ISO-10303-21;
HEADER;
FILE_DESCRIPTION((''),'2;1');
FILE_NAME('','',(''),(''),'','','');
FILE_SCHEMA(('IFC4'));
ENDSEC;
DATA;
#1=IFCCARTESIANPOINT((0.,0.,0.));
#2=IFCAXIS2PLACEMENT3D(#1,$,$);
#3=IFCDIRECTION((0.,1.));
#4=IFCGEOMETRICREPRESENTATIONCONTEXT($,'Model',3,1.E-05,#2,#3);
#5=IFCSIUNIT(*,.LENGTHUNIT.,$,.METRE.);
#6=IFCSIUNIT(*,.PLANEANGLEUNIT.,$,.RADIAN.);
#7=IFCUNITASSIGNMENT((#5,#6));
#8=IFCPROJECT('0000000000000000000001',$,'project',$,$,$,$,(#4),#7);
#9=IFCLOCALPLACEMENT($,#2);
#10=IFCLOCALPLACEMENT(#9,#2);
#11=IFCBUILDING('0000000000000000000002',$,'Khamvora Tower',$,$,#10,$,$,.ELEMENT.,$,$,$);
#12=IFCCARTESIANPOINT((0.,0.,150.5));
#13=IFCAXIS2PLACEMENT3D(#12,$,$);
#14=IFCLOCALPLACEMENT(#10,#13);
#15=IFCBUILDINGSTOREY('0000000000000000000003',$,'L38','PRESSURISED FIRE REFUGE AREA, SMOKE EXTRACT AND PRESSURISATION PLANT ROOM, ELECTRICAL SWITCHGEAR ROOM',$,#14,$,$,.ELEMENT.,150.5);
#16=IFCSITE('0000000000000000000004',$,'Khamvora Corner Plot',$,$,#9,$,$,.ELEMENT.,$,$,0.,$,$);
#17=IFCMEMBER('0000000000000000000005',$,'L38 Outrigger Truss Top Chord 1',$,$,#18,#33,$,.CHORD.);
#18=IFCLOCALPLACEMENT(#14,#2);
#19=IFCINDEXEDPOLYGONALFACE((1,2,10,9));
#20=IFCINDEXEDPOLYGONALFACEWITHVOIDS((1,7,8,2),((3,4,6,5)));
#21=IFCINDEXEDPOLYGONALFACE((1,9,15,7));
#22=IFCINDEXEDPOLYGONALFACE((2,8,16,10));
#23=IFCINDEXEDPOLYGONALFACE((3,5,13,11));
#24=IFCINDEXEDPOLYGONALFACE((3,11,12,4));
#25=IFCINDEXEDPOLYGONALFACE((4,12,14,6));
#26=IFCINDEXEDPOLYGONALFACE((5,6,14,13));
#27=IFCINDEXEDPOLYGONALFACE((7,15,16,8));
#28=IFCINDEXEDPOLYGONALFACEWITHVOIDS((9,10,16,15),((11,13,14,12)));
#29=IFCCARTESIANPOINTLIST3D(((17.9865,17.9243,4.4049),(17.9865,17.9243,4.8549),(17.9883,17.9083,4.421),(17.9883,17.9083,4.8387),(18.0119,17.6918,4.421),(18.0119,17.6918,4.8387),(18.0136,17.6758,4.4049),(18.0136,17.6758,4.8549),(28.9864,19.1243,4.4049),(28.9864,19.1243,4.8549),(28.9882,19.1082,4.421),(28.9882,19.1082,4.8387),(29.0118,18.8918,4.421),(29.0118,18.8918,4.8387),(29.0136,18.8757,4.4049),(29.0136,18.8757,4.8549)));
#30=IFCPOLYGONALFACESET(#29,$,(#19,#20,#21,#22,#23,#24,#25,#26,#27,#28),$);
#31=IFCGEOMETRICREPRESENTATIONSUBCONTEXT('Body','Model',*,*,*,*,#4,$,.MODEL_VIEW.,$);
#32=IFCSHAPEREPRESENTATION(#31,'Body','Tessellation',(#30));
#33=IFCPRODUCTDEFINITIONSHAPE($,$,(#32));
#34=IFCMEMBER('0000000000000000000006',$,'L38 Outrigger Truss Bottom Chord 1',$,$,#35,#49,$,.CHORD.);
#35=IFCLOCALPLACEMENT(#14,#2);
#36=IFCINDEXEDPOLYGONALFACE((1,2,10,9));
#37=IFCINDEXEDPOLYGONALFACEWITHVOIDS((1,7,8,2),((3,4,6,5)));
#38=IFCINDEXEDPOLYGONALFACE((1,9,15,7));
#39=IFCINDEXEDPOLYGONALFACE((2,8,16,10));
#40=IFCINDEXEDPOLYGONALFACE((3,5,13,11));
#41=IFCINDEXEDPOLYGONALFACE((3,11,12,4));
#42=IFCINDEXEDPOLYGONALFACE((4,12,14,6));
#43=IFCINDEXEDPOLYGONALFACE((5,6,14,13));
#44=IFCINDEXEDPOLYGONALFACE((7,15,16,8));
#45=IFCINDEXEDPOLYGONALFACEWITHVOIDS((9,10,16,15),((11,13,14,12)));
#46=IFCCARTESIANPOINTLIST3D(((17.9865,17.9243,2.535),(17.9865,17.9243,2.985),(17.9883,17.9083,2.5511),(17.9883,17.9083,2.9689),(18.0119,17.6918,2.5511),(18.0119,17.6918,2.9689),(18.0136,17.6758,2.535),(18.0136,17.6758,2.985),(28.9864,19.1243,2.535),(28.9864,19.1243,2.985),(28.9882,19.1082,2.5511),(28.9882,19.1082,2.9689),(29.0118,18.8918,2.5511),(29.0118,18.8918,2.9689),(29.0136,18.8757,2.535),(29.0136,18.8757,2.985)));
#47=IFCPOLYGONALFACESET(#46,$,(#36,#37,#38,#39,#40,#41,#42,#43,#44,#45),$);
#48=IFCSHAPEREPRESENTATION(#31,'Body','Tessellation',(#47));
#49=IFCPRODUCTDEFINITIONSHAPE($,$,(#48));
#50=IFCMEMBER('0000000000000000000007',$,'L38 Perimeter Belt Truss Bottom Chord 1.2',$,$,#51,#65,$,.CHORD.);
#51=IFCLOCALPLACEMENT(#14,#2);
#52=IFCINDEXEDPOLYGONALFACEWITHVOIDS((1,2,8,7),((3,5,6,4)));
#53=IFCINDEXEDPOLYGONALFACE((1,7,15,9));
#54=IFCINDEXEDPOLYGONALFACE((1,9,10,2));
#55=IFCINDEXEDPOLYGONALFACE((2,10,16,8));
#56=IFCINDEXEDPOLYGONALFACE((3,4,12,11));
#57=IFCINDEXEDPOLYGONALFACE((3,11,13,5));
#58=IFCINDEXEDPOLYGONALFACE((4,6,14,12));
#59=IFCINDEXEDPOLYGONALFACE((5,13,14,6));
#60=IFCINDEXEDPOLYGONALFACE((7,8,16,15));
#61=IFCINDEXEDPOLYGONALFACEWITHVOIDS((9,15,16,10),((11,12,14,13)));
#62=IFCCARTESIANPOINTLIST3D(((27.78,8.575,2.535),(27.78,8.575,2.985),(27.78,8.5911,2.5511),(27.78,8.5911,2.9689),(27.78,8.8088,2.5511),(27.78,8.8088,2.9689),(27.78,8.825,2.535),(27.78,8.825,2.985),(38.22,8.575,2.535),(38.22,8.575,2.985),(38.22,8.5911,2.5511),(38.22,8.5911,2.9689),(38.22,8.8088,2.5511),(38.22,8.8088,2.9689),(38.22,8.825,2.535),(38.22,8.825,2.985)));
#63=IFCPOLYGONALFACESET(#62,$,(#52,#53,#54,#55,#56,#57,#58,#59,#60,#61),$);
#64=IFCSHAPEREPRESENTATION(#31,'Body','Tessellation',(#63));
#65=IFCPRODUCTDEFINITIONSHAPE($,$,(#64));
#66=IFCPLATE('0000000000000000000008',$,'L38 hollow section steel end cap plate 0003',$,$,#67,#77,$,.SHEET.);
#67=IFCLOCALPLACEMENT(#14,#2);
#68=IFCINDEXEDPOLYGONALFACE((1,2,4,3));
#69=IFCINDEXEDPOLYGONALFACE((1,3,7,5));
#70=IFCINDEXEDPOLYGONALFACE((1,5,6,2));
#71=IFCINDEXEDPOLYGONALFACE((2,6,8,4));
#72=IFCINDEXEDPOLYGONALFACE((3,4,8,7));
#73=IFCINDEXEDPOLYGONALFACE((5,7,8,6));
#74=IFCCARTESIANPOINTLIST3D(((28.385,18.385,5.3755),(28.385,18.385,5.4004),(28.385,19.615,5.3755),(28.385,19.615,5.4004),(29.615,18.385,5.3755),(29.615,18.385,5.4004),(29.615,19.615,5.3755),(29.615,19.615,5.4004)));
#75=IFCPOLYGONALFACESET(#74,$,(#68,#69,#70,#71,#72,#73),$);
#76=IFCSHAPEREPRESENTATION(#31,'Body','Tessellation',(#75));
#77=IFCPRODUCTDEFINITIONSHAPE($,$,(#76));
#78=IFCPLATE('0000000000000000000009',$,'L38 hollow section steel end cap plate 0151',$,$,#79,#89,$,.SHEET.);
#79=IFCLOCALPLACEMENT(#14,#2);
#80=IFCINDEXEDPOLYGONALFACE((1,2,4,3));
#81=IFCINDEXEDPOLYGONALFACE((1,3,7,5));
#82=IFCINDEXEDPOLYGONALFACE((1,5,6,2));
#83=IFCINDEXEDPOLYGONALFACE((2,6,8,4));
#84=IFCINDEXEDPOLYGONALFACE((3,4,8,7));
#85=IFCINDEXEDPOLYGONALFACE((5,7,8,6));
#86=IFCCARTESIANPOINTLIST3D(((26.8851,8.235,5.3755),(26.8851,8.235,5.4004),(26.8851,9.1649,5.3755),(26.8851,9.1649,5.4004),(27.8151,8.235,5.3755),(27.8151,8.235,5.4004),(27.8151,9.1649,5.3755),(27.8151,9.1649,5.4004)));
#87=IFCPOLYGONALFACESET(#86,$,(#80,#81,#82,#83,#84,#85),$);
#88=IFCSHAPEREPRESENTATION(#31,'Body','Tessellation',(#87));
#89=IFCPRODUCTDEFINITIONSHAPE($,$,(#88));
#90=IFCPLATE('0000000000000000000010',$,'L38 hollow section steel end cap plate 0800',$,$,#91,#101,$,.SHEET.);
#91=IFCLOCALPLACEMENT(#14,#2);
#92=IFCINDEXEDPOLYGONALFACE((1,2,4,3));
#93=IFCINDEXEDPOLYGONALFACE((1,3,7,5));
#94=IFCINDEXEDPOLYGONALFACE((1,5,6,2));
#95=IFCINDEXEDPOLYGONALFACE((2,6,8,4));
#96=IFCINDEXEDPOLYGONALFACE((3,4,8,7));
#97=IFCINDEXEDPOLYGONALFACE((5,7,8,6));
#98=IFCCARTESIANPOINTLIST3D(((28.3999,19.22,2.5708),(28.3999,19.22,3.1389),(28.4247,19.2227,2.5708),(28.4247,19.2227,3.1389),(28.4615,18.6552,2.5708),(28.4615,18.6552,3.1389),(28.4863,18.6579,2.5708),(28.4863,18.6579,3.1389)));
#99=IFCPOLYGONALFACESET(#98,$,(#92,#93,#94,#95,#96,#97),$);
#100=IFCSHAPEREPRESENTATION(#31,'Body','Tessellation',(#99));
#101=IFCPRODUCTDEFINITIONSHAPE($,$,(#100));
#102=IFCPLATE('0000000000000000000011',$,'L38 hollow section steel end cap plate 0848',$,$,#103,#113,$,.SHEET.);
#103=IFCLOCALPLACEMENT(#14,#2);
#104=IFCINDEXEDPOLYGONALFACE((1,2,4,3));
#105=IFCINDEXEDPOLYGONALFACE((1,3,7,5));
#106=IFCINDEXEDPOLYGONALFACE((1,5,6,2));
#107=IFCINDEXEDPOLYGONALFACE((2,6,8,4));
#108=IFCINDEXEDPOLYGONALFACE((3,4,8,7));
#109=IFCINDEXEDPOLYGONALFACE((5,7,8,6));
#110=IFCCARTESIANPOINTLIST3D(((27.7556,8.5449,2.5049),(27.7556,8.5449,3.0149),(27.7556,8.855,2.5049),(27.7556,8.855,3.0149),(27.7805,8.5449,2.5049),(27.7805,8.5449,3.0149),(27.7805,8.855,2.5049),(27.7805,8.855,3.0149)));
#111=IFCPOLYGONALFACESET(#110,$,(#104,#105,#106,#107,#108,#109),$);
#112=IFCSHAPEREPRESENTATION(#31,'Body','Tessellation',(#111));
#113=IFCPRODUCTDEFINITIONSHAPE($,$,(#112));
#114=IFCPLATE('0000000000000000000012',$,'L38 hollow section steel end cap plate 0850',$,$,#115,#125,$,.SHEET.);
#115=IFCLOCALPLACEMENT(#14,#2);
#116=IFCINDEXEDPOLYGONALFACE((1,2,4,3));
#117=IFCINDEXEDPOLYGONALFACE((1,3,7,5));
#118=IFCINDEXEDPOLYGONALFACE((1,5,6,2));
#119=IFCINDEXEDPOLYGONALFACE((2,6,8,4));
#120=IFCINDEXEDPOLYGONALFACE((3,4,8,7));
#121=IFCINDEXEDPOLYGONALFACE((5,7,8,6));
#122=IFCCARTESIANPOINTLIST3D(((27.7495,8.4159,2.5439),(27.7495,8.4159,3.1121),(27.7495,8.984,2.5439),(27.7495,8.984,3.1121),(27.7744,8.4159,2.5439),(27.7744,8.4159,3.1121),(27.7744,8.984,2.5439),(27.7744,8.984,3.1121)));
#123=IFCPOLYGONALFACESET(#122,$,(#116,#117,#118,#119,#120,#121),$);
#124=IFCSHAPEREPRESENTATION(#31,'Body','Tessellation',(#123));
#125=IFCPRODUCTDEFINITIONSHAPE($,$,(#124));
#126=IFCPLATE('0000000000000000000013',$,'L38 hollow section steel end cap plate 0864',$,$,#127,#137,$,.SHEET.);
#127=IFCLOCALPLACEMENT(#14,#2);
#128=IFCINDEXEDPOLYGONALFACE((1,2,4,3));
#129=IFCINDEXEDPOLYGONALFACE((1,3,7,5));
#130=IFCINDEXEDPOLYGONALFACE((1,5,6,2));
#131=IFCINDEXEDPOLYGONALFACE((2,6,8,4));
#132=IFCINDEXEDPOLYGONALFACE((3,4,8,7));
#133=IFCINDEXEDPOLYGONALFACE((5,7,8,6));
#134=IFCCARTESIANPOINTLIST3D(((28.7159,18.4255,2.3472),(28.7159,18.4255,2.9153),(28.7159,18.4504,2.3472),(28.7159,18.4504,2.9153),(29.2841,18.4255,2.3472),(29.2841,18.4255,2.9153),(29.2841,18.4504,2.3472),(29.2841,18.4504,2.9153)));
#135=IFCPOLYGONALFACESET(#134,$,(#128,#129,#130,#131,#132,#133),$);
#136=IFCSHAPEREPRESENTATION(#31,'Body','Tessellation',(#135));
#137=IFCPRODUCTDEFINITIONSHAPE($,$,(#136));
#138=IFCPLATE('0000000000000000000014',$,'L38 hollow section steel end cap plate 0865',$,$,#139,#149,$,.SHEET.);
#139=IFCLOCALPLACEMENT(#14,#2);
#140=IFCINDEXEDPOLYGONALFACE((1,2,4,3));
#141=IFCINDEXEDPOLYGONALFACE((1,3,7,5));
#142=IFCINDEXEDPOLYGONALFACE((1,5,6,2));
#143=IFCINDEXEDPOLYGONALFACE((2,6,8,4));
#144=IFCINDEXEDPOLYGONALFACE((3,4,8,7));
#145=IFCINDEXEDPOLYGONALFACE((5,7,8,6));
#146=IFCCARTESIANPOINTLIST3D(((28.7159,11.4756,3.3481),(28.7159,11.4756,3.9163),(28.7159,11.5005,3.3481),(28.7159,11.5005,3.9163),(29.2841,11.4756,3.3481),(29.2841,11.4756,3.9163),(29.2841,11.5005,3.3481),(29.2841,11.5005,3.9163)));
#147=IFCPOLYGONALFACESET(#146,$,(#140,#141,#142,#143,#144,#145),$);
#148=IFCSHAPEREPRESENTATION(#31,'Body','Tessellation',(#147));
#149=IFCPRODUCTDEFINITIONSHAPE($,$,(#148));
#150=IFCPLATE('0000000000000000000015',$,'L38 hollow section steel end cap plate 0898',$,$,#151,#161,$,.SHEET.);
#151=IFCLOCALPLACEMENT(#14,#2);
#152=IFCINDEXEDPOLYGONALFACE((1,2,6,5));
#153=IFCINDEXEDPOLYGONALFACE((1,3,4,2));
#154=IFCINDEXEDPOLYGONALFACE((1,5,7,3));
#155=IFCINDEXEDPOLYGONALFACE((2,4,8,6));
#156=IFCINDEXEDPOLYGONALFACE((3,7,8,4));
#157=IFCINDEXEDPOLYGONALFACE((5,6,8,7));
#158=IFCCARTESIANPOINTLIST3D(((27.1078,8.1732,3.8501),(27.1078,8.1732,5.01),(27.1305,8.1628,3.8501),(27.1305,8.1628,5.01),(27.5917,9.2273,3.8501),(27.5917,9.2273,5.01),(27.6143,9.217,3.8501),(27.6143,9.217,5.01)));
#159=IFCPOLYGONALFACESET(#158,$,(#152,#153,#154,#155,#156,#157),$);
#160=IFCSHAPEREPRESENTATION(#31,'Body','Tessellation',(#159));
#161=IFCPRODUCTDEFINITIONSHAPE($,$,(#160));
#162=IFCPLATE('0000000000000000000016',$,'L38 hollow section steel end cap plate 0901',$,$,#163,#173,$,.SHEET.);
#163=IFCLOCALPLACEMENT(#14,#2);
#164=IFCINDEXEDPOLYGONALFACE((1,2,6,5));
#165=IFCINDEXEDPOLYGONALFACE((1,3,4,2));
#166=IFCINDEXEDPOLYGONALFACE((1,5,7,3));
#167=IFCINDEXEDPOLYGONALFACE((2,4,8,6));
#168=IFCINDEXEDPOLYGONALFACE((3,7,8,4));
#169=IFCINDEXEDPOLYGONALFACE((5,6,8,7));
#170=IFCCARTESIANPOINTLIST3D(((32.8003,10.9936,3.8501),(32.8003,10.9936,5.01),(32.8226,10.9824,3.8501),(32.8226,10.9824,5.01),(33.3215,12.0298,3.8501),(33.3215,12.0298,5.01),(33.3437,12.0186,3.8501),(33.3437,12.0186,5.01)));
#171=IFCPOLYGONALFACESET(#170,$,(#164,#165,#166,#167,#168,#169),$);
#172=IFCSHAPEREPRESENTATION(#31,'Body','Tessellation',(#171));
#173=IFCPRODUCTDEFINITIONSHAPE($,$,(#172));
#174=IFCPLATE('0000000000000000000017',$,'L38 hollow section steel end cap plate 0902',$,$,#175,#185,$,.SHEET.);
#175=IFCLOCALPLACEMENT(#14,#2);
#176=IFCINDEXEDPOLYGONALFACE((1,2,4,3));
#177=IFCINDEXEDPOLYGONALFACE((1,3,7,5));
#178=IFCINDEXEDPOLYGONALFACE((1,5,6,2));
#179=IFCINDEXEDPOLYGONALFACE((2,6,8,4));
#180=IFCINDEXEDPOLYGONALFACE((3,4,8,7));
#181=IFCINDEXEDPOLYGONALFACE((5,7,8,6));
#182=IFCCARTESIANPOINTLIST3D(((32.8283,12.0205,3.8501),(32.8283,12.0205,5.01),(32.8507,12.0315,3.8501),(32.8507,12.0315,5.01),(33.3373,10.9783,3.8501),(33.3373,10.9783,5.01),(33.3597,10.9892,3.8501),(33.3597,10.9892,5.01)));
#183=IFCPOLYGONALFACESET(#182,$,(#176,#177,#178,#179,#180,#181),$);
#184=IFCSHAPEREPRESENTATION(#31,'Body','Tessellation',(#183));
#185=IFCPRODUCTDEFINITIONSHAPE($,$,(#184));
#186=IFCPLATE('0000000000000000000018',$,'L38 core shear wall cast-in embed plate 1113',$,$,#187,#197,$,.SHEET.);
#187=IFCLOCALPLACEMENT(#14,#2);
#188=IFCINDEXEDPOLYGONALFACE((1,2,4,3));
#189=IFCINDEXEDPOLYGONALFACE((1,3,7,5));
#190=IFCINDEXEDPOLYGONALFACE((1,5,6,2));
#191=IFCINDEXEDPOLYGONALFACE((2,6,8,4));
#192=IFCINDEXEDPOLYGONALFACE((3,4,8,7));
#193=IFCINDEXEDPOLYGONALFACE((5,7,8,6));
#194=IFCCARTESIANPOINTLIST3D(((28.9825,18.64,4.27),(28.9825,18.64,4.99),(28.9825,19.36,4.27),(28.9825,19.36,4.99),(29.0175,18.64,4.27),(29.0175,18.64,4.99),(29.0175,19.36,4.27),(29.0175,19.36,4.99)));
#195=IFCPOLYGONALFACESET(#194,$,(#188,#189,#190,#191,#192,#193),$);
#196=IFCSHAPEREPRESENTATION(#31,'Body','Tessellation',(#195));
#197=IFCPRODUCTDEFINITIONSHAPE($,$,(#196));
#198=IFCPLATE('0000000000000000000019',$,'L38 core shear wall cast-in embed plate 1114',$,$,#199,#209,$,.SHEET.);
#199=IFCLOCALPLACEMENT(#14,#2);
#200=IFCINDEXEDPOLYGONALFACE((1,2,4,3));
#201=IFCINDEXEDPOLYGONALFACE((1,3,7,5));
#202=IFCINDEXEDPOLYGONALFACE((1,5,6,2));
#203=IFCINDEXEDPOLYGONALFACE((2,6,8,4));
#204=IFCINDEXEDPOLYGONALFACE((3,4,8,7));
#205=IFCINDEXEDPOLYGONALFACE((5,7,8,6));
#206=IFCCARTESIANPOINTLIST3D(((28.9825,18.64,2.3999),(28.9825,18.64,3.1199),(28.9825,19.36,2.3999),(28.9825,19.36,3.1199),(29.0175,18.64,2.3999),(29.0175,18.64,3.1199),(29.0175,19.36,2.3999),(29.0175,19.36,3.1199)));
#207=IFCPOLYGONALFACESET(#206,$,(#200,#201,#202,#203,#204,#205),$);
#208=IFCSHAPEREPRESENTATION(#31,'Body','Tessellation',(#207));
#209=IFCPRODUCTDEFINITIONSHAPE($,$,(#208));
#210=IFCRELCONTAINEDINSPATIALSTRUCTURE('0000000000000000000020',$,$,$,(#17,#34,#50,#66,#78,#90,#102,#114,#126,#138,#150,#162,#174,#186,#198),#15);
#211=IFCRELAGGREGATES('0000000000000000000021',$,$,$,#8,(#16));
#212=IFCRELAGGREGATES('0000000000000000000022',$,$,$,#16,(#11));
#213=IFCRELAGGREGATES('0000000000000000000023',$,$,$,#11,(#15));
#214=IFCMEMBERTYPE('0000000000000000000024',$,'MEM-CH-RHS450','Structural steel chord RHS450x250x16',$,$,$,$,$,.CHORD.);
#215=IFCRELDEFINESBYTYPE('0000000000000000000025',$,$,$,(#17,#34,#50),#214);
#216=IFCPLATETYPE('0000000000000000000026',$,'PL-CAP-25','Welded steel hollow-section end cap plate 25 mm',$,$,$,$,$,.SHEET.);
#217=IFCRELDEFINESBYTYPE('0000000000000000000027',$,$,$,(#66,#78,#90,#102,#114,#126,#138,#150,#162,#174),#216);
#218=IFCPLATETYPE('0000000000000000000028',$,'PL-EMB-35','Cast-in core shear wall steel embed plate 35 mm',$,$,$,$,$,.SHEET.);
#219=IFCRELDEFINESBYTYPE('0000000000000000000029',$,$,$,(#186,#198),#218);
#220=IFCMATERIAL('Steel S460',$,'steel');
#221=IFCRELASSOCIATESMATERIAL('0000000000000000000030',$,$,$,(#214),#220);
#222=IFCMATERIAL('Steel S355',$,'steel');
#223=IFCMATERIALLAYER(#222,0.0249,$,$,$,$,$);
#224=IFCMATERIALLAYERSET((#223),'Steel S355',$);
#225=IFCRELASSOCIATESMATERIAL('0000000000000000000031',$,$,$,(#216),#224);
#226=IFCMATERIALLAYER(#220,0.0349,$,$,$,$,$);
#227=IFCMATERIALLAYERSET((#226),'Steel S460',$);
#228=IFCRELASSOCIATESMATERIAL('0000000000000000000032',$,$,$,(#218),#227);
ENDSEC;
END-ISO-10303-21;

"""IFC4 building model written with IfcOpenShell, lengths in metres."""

from ifc_helpers import new_model, si_unit, direction, frame, origin, origin_2d, place, context, subcontext, project, spatial, rectangle, hollow_rectangle, extrude, material, layer, layer_set, material_profile, profile_set, type_object, element, save


model = new_model("IFC4")

# Units and contexts
model_context = context("Model", 3, precision=1e-05, world=origin(), true_north=direction((0.0, 1.0)))
body_context = subcontext(model_context, "Body", "Model", "MODEL_VIEW")
ifc_project = project(units=[si_unit("LENGTHUNIT", "METRE"), si_unit("PLANEANGLEUNIT", "RADIAN")], contexts=[model_context])

# Site, building, storey
site_placement = place(None, origin())
site = spatial("IfcSite", under=ifc_project, at=site_placement, Name="Khamvora Corner Plot", CompositionType="ELEMENT", RefElevation=0.0)
building_placement = place(site_placement, origin())
building = spatial("IfcBuilding", under=site, at=building_placement, Name="Khamvora Tower", CompositionType="ELEMENT")
storey_placement = place(building_placement, frame((0.0, 0.0, 150.5)))
storey = spatial("IfcBuildingStorey", under=building, at=storey_placement, Name="L38", Description="PRESSURISED FIRE REFUGE AREA, SMOKE EXTRACT AND PRESSURISATION PLANT ROOM, ELECTRICAL SWITCHGEAR ROOM", CompositionType="ELEMENT", Elevation=150.5)

# Shared definitions
ifc_material_1 = material(Name="Steel S460", Category="steel")

# Shared definitions
ifc_material_2 = material(Name="Steel S355", Category="steel")

# Members
ifc_material_profile_1 = material_profile(ifc_material_1, hollow_rectangle(XDim=0.25, YDim=0.45, WallThickness=0.0161, at=origin_2d()), Name="RHS450x250x16")
ifc_profile_set_1 = profile_set([ifc_material_profile_1], Name="Steel S460")
member_type_1 = type_object("IfcMemberType", Name="MEM-CH-RHS450", Description="Structural steel chord RHS450x250x16", PredefinedType="CHORD", material=ifc_profile_set_1)
for number, where, z_axis, x_axis, name in (
    (1, (29.0, 19.0, 4.6299), (-0.994103, -0.108443, 0.0), (0.108443, -0.994103, 0.0), "L38 Outrigger Truss Top Chord 1"),
    (2, (29.0, 19.0, 2.76), (-0.994103, -0.108443, 0.0), (0.108443, -0.994103, 0.0), "L38 Outrigger Truss Bottom Chord 1"),
):
    element("IfcMember", number, at=place(storey_placement, frame(where, z_axis=z_axis, x_axis=x_axis)), inside=storey, type_object=member_type_1, Name=name, PredefinedType="CHORD", context=body_context, shape_type="SweptSolid", body=[
        extrude(hollow_rectangle(XDim=0.25, YDim=0.45, WallThickness=0.0161, at=origin_2d()), origin(), (0.0, 0.0, 1.0), 11.0652),
    ])
member_1_placement = place(storey_placement, frame((27.78, 8.7, 2.76), z_axis=(1.0, 0.0, 0.0), x_axis=(0.0, 1.0, 0.0)))
element("IfcMember", 3, at=member_1_placement, inside=storey, type_object=member_type_1, Name="L38 Perimeter Belt Truss Bottom Chord 1.2", PredefinedType="CHORD", context=body_context, shape_type="SweptSolid", body=[
    extrude(hollow_rectangle(XDim=0.25, YDim=0.45, WallThickness=0.0161, at=origin_2d()), origin(), (0.0, 0.0, 1.0), 10.4399),
])

# Plates
ifc_layer_1 = layer(ifc_material_2, 0.0249)
ifc_layer_set_1 = layer_set([ifc_layer_1], Name="Steel S355")
plate_type_1 = type_object("IfcPlateType", Name="PL-CAP-25", Description="Welded steel hollow-section end cap plate 25 mm", PredefinedType="SHEET", material=ifc_layer_set_1)
plate_1_placement = place(storey_placement, frame((29.0, 19.0, 5.3755), z_axis=(0.0, 0.0, 1.0), x_axis=(1.0, 0.0, 0.0)))
element("IfcPlate", 4, at=plate_1_placement, inside=storey, type_object=plate_type_1, Name="L38 hollow section steel end cap plate 0003", PredefinedType="SHEET", context=body_context, shape_type="SweptSolid", body=[
    extrude(rectangle(XDim=1.23, YDim=1.23, at=origin_2d()), origin(), (0.0, 0.0, 1.0), 0.0249),
])
plate_2_placement = place(storey_placement, frame((27.3501, 8.7, 5.3755), z_axis=(0.0, 0.0, 1.0), x_axis=(1.0, 0.0, 0.0)))
element("IfcPlate", 5, at=plate_2_placement, inside=storey, type_object=plate_type_1, Name="L38 hollow section steel end cap plate 0151", PredefinedType="SHEET", context=body_context, shape_type="SweptSolid", body=[
    extrude(rectangle(XDim=0.9299, YDim=0.9299, at=origin_2d()), origin(), (0.0, 0.0, 1.0), 0.0249),
])
plate_3_placement = place(storey_placement, frame((28.4431, 18.939, 2.5708), z_axis=(0.0, 0.0, 1.0), x_axis=(-0.994102, -0.10845, 0.0)))
element("IfcPlate", 6, at=plate_3_placement, inside=storey, type_object=plate_type_1, Name="L38 hollow section steel end cap plate 0800", PredefinedType="SHEET", context=body_context, shape_type="SweptSolid", body=[
    extrude(rectangle(XDim=0.0249, YDim=0.5681, at=origin_2d()), origin(), (0.0, 0.0, 1.0), 0.5681),
])
plate_4_placement = place(storey_placement, frame((27.7681, 8.7, 2.5049), z_axis=(0.0, 0.0, 1.0), x_axis=(1.0, 0.0, 0.0)))
element("IfcPlate", 7, at=plate_4_placement, inside=storey, type_object=plate_type_1, Name="L38 hollow section steel end cap plate 0848", PredefinedType="SHEET", context=body_context, shape_type="SweptSolid", body=[
    extrude(rectangle(XDim=0.0249, YDim=0.3101, at=origin_2d()), origin(), (0.0, 0.0, 1.0), 0.51),
])
for number, where, z_axis, x_axis, name in (
    (8, (27.762, 8.7, 2.5439), (0.0, 0.0, 1.0), (1.0, 0.0, 0.0), "L38 hollow section steel end cap plate 0850"),
    (9, (29.0, 18.438, 2.3472), (0.0, 0.0, 1.0), (0.0, -1.0, 0.0), "L38 hollow section steel end cap plate 0864"),
    (10, (29.0, 11.488, 3.3481), (0.0, 0.0, 1.0), (0.0, -1.0, 0.0), "L38 hollow section steel end cap plate 0865"),
):
    element("IfcPlate", number, at=place(storey_placement, frame(where, z_axis=z_axis, x_axis=x_axis)), inside=storey, type_object=plate_type_1, Name=name, PredefinedType="SHEET", context=body_context, shape_type="SweptSolid", body=[
        extrude(rectangle(XDim=0.0249, YDim=0.5681, at=origin_2d()), origin(), (0.0, 0.0, 1.0), 0.5681),
    ])
for number, where, z_axis, x_axis, name in (
    (11, (27.3611, 8.6951, 3.8501), (0.0, 0.0, 1.0), (-0.908829, 0.417169, 0.0), "L38 hollow section steel end cap plate 0898"),
    (12, (33.072, 11.5061, 3.8501), (0.0, 0.0, 1.0), (-0.893364, 0.449335, 0.0), "L38 hollow section steel end cap plate 0901"),
    (13, (33.094, 11.5049, 3.8501), (0.0, 0.0, 1.0), (0.898557, 0.438857, 0.0), "L38 hollow section steel end cap plate 0902"),
):
    element("IfcPlate", number, at=place(storey_placement, frame(where, z_axis=z_axis, x_axis=x_axis)), inside=storey, type_object=plate_type_1, Name=name, PredefinedType="SHEET", context=body_context, shape_type="SweptSolid", body=[
        extrude(rectangle(XDim=0.0249, YDim=1.1599, at=origin_2d()), origin(), (0.0, 0.0, 1.0), 1.1599),
    ])
ifc_layer_2 = layer(ifc_material_1, 0.0349)
ifc_layer_set_2 = layer_set([ifc_layer_2], Name="Steel S460")
plate_type_2 = type_object("IfcPlateType", Name="PL-EMB-35", Description="Cast-in core shear wall steel embed plate 35 mm", PredefinedType="SHEET", material=ifc_layer_set_2)
for number, where, z_axis, x_axis, name in (
    (14, (29.0, 19.0, 4.27), (0.0, 0.0, 1.0), (1.0, 0.0, 0.0), "L38 core shear wall cast-in embed plate 1113"),
    (15, (29.0, 19.0, 2.3999), (0.0, 0.0, 1.0), (1.0, 0.0, 0.0), "L38 core shear wall cast-in embed plate 1114"),
):
    element("IfcPlate", number, at=place(storey_placement, frame(where, z_axis=z_axis, x_axis=x_axis)), inside=storey, type_object=plate_type_2, Name=name, PredefinedType="SHEET", context=body_context, shape_type="SweptSolid", body=[
        extrude(rectangle(XDim=0.0349, YDim=0.72, at=origin_2d()), origin(), (0.0, 0.0, 1.0), 0.72),
    ])

save(model, "model.ifc")
